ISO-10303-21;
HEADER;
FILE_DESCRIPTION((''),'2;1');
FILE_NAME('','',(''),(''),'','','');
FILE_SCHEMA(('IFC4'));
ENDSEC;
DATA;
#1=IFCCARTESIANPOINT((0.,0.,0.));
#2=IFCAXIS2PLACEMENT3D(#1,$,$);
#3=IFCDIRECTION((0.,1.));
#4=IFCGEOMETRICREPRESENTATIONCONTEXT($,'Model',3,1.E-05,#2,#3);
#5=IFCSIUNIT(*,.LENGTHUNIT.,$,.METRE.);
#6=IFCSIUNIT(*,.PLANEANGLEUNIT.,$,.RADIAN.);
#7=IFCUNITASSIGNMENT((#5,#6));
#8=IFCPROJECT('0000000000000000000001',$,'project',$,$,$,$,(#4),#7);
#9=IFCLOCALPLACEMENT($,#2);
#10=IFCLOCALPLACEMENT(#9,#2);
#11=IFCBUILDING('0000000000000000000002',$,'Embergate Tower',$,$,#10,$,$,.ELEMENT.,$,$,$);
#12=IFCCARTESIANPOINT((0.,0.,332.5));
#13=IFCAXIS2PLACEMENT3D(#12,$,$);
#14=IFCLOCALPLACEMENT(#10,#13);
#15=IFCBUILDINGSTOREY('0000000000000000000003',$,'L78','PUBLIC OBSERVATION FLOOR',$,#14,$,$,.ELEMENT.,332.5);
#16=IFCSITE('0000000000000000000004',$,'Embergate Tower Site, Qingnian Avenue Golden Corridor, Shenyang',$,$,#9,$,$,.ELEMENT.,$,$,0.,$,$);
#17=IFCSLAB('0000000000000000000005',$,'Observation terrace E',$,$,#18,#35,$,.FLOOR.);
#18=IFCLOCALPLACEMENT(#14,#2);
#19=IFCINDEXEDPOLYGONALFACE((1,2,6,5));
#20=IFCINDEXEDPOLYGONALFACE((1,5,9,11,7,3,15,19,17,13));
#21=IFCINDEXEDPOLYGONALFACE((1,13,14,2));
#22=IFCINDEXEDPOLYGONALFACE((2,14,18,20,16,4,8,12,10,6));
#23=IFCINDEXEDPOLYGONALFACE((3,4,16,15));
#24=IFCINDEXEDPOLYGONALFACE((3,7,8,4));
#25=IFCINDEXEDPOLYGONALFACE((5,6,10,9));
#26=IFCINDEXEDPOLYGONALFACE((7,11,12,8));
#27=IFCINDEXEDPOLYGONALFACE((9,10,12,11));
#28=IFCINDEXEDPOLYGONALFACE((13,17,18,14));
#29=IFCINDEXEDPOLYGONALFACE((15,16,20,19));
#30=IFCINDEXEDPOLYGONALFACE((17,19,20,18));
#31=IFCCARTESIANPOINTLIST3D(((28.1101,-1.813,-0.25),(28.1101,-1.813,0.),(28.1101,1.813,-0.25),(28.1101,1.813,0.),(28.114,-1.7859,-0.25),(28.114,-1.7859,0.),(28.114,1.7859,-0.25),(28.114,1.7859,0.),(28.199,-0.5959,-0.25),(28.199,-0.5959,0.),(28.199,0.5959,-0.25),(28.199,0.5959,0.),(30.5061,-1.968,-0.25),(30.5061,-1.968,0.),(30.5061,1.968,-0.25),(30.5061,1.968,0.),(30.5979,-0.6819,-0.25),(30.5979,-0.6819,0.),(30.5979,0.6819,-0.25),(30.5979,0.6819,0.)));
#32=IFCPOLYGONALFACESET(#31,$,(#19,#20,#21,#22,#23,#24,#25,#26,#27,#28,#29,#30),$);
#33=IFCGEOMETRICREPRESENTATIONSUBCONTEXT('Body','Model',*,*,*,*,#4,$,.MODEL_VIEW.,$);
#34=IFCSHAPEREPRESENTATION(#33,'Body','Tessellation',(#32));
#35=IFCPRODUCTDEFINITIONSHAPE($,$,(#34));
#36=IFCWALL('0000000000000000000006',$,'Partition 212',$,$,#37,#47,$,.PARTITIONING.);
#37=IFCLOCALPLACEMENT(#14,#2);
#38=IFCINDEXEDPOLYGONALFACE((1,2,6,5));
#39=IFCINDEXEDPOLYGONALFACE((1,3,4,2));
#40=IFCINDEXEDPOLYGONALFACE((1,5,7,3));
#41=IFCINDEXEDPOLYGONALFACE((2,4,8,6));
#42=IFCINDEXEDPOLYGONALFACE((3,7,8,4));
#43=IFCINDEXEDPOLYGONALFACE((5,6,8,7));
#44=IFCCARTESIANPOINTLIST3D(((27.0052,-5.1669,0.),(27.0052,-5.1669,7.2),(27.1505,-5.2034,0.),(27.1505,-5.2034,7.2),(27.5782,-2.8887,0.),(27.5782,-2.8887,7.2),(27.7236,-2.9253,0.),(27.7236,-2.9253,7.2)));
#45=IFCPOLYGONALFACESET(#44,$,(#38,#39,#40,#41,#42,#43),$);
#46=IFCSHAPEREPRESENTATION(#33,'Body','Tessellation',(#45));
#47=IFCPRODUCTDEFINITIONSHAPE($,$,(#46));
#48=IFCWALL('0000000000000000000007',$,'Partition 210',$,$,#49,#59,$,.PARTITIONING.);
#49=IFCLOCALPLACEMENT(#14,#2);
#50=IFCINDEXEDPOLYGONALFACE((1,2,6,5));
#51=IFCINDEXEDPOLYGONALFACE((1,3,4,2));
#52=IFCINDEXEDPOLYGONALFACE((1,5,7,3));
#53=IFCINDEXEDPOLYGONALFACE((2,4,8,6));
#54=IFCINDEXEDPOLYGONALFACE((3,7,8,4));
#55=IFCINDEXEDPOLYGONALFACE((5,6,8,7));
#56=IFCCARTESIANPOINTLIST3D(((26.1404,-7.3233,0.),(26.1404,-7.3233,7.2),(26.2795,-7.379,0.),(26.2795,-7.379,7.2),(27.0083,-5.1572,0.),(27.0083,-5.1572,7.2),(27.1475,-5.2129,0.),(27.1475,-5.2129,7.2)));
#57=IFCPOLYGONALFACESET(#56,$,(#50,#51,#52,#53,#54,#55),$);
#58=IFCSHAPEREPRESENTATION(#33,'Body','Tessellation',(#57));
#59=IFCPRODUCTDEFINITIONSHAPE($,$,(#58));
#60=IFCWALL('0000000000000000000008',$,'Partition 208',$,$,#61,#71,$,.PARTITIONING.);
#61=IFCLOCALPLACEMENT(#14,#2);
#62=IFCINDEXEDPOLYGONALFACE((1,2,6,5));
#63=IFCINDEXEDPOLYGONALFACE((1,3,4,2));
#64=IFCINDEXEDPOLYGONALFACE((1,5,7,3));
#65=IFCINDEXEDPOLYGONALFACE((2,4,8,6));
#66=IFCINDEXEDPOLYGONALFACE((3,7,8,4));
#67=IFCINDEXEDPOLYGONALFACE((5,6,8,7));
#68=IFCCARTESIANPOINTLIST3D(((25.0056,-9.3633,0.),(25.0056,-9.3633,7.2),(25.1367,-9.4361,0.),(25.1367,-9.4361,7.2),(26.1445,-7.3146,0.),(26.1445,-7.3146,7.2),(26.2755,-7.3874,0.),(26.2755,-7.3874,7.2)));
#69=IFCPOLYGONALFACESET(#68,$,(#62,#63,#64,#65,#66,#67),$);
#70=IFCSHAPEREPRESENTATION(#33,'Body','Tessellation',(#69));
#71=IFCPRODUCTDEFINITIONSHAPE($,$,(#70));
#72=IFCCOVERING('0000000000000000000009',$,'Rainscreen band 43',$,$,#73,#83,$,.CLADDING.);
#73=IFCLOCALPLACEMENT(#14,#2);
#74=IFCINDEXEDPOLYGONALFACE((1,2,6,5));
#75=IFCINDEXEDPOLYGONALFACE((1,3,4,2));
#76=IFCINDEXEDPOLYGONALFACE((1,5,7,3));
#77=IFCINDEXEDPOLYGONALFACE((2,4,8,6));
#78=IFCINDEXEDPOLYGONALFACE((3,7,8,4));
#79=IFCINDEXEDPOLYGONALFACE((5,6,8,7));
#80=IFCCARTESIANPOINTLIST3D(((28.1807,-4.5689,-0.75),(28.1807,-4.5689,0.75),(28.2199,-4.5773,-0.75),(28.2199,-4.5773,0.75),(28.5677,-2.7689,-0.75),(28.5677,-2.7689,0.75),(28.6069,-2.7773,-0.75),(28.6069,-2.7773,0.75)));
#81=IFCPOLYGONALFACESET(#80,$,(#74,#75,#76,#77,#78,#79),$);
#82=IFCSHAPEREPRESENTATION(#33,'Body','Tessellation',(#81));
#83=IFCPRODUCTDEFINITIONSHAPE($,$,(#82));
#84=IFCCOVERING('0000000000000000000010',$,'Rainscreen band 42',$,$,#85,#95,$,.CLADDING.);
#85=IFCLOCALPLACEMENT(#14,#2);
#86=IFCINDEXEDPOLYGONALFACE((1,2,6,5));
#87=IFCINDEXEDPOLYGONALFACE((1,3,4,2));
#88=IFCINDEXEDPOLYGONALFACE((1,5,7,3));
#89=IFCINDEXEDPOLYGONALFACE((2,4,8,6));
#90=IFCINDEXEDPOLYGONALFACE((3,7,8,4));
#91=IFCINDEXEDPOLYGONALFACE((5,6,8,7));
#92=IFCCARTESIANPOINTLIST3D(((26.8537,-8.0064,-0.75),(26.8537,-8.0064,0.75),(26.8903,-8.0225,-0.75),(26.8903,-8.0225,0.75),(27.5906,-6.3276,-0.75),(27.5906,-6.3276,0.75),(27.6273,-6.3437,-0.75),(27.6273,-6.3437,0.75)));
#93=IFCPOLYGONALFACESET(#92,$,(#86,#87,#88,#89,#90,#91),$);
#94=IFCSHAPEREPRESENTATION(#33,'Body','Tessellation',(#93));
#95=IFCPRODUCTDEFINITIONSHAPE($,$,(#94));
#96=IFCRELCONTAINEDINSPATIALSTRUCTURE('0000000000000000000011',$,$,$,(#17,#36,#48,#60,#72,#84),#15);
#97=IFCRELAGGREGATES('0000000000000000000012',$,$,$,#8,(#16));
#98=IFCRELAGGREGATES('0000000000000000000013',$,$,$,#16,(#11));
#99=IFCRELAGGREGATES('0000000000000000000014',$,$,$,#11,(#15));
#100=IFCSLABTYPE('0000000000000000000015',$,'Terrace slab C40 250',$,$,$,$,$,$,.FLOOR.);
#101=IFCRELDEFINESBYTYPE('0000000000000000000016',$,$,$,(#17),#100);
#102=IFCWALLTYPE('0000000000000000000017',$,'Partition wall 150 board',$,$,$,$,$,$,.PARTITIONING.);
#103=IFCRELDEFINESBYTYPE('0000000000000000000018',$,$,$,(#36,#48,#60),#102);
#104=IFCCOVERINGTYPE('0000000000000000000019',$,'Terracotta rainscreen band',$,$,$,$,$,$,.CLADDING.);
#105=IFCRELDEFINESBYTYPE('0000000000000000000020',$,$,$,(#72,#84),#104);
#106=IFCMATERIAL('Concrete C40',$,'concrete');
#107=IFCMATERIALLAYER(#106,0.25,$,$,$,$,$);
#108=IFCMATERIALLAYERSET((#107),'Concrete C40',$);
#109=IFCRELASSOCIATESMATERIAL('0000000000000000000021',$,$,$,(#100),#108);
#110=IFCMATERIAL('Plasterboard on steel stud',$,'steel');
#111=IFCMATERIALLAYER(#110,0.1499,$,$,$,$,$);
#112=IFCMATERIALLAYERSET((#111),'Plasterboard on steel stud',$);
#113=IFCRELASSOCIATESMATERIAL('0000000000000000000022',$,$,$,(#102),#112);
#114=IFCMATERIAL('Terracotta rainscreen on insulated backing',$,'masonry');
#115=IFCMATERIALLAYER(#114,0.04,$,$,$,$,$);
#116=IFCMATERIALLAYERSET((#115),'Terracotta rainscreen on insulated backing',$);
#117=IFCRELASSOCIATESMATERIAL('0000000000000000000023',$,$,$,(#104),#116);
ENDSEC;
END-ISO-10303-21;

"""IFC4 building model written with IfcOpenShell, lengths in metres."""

from ifc_helpers import new_model, si_unit, direction, frame, frame_2d, origin, origin_2d, place, context, subcontext, project, spatial, polyline, rectangle, outline, extrude, source, transform, mapped, material, layer, layer_set, type_object, element, save


model = new_model("IFC4")

# Units and contexts
model_context = context("Model", 3, precision=1e-05, world=origin(), true_north=direction((0.0, 1.0)))
body_context = subcontext(model_context, "Body", "Model", "MODEL_VIEW")
ifc_project = project(units=[si_unit("LENGTHUNIT", "METRE"), si_unit("PLANEANGLEUNIT", "RADIAN")], contexts=[model_context])

# Site, building, storey
site_placement = place(None, origin())
site = spatial("IfcSite", under=ifc_project, at=site_placement, Name="Embergate Tower Site, Qingnian Avenue Golden Corridor, Shenyang", CompositionType="ELEMENT", RefElevation=0.0)
building_placement = place(site_placement, origin())
building = spatial("IfcBuilding", under=site, at=building_placement, Name="Embergate Tower", CompositionType="ELEMENT")
storey_placement = place(building_placement, frame((0.0, 0.0, 332.5)))
storey = spatial("IfcBuildingStorey", under=building, at=storey_placement, Name="L78", Description="PUBLIC OBSERVATION FLOOR", CompositionType="ELEMENT", Elevation=332.5)

# Slab
ifc_material_1 = material(Name="Concrete C40", Category="concrete")
ifc_layer_1 = layer(ifc_material_1, 0.25)
ifc_layer_set_1 = layer_set([ifc_layer_1], Name="Concrete C40")
slab_type = type_object("IfcSlabType", Name="Terrace slab C40 250", PredefinedType="FLOOR", material=ifc_layer_set_1)
shared_shape_1 = source(origin(), body_context, "Body", "SweptSolid", [
    extrude(outline(polyline([(0.0, 0.0), (-2.396, 0.155), (-2.3921, 0.1821), (-2.3071, 1.3721), (-2.3071, 2.564), (-2.3921, 3.7539), (-2.396, 3.781), (0.0, 3.936), (0.0918, 2.6499), (0.0918, 1.2861), (0.0, 0.0)])), origin(), (0.0, 0.0, 1.0), 0.25),
])
slab_placement = place(storey_placement, frame((30.5061, -1.968, -0.25)))
element("IfcSlab", 1, at=slab_placement, inside=storey, type_object=slab_type, Name="Observation terrace E", PredefinedType="FLOOR", context=body_context, shape_type="MappedRepresentation", body=[
    mapped(shared_shape_1, transform((0.0, 0.0, 0.0))),
])

# Walls
ifc_material_2 = material(Name="Plasterboard on steel stud", Category="steel")
ifc_layer_2 = layer(ifc_material_2, 0.1499)
ifc_layer_set_2 = layer_set([ifc_layer_2], Name="Plasterboard on steel stud")
wall_type = type_object("IfcWallType", Name="Partition wall 150 board", PredefinedType="PARTITIONING", material=ifc_layer_set_2)
shared_shape_2 = source(origin(), body_context, "Body", "SweptSolid", [
    extrude(rectangle(XDim=2.3491, YDim=0.1499, at=frame_2d((1.1746, 0.0))), origin(), (0.0, 0.0, 1.0), 7.2),
])
wall_1_placement = place(storey_placement, frame((27.6509, -2.907, 0.0), z_axis=(0.0, 0.0, 1.0), x_axis=(-0.243929, -0.969793, 0.0)))
element("IfcWall", 2, at=wall_1_placement, inside=storey, type_object=wall_type, Name="Partition 212", PredefinedType="PARTITIONING", context=body_context, shape_type="MappedRepresentation", body=[
    mapped(shared_shape_2, transform((0.0, 0.0, 0.0))),
])
shared_shape_3 = source(origin(), body_context, "Body", "SweptSolid", [
    extrude(rectangle(XDim=2.3335, YDim=0.1499, at=frame_2d((1.1667, 0.0))), origin(), (0.0, 0.0, 1.0), 7.2),
])
wall_2_placement = place(storey_placement, frame((27.0779, -5.1851, 0.0), z_axis=(0.0, 0.0, 1.0), x_axis=(-0.37195, -0.928253, 0.0)))
element("IfcWall", 3, at=wall_2_placement, inside=storey, type_object=wall_type, Name="Partition 210", PredefinedType="PARTITIONING", context=body_context, shape_type="MappedRepresentation", body=[
    mapped(shared_shape_3, transform((0.0, 0.0, 0.0))),
])
shared_shape_4 = source(origin(), body_context, "Body", "SweptSolid", [
    extrude(rectangle(XDim=2.344, YDim=0.1499, at=frame_2d((1.1719, 0.0))), origin(), (0.0, 0.0, 1.0), 7.2),
])
wall_3_placement = place(storey_placement, frame((26.21, -7.3511, 0.0), z_axis=(0.0, 0.0, 1.0), x_axis=(-0.485864, -0.874034, 0.0)))
element("IfcWall", 4, at=wall_3_placement, inside=storey, type_object=wall_type, Name="Partition 208", PredefinedType="PARTITIONING", context=body_context, shape_type="MappedRepresentation", body=[
    mapped(shared_shape_4, transform((0.0, 0.0, 0.0))),
])

# Coverings
ifc_material_3 = material(Name="Terracotta rainscreen on insulated backing", Category="masonry")
ifc_layer_3 = layer(ifc_material_3, 0.04)
ifc_layer_set_3 = layer_set([ifc_layer_3], Name="Terracotta rainscreen on insulated backing")
covering_type = type_object("IfcCoveringType", Name="Terracotta rainscreen band", PredefinedType="CLADDING", material=ifc_layer_set_3)
shared_shape_5 = source(origin(), body_context, "Body", "SweptSolid", [
    extrude(rectangle(XDim=1.8411, YDim=0.04, at=origin_2d()), origin(), (0.0, 0.0, 1.0), 1.5),
])
covering_1_placement = place(storey_placement, frame((28.3938, -3.6731, -0.75), z_axis=(0.0, 0.0, 1.0), x_axis=(0.210197, 0.977659, 0.0)))
element("IfcCovering", 5, at=covering_1_placement, inside=storey, type_object=covering_type, Name="Rainscreen band 43", PredefinedType="CLADDING", context=body_context, shape_type="MappedRepresentation", body=[
    mapped(shared_shape_5, transform((0.0, 0.0, 0.0))),
])
shared_shape_6 = source(origin(), body_context, "Body", "SweptSolid", [
    extrude(rectangle(XDim=1.8335, YDim=0.04, at=origin_2d()), origin(), (0.0, 0.0, 1.0), 1.5),
])
covering_2_placement = place(storey_placement, frame((27.2405, -7.175, -0.75), z_axis=(0.0, 0.0, 1.0), x_axis=(0.401935, 0.915668, 0.0)))
element("IfcCovering", 6, at=covering_2_placement, inside=storey, type_object=covering_type, Name="Rainscreen band 42", PredefinedType="CLADDING", context=body_context, shape_type="MappedRepresentation", body=[
    mapped(shared_shape_6, transform((0.0, 0.0, 0.0))),
])

save(model, "model.ifc")
